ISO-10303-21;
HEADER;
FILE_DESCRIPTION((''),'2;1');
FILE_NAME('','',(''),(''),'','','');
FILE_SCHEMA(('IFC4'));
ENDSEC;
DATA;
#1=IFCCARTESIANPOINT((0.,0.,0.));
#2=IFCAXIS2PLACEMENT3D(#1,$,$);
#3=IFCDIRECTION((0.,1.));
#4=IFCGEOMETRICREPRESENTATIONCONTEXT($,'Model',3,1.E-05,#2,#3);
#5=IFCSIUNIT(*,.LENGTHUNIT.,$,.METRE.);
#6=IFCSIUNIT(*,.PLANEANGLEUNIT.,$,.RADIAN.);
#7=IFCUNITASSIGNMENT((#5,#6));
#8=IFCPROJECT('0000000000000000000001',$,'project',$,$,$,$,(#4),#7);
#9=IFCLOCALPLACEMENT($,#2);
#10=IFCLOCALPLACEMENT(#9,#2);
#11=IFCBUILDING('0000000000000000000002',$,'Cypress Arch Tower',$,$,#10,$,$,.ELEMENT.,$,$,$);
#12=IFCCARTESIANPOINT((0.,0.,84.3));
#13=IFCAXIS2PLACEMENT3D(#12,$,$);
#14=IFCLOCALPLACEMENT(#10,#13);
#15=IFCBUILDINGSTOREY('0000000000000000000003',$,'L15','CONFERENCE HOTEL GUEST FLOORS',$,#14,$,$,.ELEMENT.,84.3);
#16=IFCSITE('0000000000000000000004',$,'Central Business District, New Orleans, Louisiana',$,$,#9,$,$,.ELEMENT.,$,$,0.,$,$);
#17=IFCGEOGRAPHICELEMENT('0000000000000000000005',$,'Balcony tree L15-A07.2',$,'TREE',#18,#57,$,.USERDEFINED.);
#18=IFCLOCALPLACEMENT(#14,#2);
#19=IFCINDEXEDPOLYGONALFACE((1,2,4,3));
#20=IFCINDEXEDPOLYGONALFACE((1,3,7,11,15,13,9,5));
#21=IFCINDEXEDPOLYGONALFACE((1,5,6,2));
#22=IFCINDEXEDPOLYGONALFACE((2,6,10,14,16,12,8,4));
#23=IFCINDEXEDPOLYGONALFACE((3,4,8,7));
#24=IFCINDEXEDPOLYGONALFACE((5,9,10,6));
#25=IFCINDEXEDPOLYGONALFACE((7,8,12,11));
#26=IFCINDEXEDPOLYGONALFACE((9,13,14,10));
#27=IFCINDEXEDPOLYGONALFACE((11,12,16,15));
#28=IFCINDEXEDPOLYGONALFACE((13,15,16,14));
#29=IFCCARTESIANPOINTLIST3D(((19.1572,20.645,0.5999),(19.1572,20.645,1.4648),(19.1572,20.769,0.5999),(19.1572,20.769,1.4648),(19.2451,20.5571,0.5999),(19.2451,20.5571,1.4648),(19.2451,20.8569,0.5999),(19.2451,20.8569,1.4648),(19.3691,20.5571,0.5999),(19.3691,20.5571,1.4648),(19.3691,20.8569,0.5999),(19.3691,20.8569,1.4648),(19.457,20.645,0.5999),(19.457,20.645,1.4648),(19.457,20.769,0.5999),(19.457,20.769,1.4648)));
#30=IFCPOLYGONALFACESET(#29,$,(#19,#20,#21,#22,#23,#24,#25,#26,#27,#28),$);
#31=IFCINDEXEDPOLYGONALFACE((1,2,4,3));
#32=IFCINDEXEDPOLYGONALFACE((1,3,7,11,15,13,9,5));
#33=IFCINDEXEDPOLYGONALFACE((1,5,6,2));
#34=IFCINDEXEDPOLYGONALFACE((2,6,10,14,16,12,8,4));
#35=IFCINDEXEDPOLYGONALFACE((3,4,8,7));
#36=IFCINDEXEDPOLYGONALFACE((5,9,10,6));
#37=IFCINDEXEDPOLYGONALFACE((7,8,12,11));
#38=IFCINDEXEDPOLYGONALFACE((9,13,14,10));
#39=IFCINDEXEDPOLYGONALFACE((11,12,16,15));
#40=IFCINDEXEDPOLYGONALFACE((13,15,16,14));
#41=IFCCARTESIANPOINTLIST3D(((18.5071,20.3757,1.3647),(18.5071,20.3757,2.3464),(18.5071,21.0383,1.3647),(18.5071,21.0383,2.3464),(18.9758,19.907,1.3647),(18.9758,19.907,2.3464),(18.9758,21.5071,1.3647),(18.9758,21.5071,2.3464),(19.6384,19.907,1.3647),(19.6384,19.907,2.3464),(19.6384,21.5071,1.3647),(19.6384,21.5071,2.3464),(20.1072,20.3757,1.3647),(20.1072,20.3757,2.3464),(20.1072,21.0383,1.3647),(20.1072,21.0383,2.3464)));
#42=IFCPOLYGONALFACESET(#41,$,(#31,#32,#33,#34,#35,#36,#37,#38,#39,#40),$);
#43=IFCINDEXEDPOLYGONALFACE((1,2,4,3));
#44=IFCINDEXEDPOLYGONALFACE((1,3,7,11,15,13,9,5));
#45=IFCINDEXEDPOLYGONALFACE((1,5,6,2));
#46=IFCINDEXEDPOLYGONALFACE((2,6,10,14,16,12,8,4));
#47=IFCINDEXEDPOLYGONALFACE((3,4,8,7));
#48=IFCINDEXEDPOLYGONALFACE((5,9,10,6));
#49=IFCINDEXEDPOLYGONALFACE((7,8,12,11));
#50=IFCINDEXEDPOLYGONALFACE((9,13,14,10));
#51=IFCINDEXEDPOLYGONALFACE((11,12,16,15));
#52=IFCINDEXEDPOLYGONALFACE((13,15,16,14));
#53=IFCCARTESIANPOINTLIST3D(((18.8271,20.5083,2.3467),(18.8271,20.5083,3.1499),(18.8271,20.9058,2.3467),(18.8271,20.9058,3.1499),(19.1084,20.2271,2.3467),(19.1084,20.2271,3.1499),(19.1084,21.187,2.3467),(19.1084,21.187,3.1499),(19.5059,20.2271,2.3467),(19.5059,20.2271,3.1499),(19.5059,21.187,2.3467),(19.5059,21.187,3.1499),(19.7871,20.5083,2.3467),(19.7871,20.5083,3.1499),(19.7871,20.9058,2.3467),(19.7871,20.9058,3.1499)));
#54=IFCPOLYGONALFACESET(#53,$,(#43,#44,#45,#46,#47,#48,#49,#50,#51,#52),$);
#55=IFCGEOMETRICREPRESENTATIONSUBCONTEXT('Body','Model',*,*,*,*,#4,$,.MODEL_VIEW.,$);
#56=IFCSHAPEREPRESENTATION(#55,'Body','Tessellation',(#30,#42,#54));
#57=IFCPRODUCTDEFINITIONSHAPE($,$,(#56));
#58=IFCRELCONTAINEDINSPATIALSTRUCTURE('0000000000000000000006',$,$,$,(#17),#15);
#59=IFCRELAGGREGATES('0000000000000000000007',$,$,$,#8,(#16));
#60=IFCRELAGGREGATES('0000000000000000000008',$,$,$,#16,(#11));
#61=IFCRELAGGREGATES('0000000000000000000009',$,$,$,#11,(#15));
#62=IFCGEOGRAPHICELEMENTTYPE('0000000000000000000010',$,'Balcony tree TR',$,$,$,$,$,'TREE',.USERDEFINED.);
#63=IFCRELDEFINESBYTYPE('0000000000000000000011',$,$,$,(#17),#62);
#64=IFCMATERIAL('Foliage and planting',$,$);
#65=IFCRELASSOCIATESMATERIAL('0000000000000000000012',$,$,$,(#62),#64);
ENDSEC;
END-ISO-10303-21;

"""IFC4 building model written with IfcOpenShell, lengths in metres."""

from ifc_helpers import new_model, si_unit, direction, frame, origin, place, context, subcontext, project, spatial, polyline, outline, extrude, material, type_object, element, save


model = new_model("IFC4")

# Units and contexts
model_context = context("Model", 3, precision=1e-05, world=origin(), true_north=direction((0.0, 1.0)))
body_context = subcontext(model_context, "Body", "Model", "MODEL_VIEW")
ifc_project = project(units=[si_unit("LENGTHUNIT", "METRE"), si_unit("PLANEANGLEUNIT", "RADIAN")], contexts=[model_context])

# Site, building, storey
site_placement = place(None, origin())
site = spatial("IfcSite", under=ifc_project, at=site_placement, Name="Central Business District, New Orleans, Louisiana", CompositionType="ELEMENT", RefElevation=0.0)
building_placement = place(site_placement, origin())
building = spatial("IfcBuilding", under=site, at=building_placement, Name="Cypress Arch Tower", CompositionType="ELEMENT")
storey_placement = place(building_placement, frame((0.0, 0.0, 84.3)))
storey = spatial("IfcBuildingStorey", under=building, at=storey_placement, Name="L15", Description="CONFERENCE HOTEL GUEST FLOORS", CompositionType="ELEMENT", Elevation=84.3)

# Geographic element
ifc_material_1 = material(Name="Foliage and planting")
geographic_element_type = type_object("IfcGeographicElementType", Name="Balcony tree TR", ElementType="TREE", PredefinedType="USERDEFINED", material=ifc_material_1)
geographic_element_placement = place(storey_placement, frame((19.3071, 20.707, 0.5999), z_axis=(0.0, 0.0, 1.0), x_axis=(1.0, 0.0, 0.0)))
element("IfcGeographicElement", 1, at=geographic_element_placement, inside=storey, type_object=geographic_element_type, Name="Balcony tree L15-A07.2", ObjectType="TREE", PredefinedType="USERDEFINED", context=body_context, shape_type="SweptSolid", body=[
    extrude(outline(polyline([(0.1499, 0.062), (0.062, 0.1499), (-0.062, 0.1499), (-0.1499, 0.062), (-0.1499, -0.062), (-0.062, -0.1499), (0.062, -0.1499), (0.1499, -0.062), (0.1499, 0.062)])), origin(), (0.0, 0.0, 1.0), 0.865),
    extrude(outline(polyline([(0.8, 0.3313), (0.3313, 0.8), (-0.3313, 0.8), (-0.8, 0.3313), (-0.8, -0.3313), (-0.3313, -0.8), (0.3313, -0.8), (0.8, -0.3313), (0.8, 0.3313)])), frame((0.0, 0.0, 0.7649)), (0.0, 0.0, 1.0), 0.9817),
    extrude(outline(polyline([(0.48, 0.1987), (0.1987, 0.48), (-0.1987, 0.48), (-0.48, 0.1987), (-0.48, -0.1987), (-0.1987, -0.48), (0.1987, -0.48), (0.48, -0.1987), (0.48, 0.1987)])), frame((0.0, 0.0, 1.7468)), (0.0, 0.0, 1.0), 0.8032),
])

save(model, "model.ifc")
